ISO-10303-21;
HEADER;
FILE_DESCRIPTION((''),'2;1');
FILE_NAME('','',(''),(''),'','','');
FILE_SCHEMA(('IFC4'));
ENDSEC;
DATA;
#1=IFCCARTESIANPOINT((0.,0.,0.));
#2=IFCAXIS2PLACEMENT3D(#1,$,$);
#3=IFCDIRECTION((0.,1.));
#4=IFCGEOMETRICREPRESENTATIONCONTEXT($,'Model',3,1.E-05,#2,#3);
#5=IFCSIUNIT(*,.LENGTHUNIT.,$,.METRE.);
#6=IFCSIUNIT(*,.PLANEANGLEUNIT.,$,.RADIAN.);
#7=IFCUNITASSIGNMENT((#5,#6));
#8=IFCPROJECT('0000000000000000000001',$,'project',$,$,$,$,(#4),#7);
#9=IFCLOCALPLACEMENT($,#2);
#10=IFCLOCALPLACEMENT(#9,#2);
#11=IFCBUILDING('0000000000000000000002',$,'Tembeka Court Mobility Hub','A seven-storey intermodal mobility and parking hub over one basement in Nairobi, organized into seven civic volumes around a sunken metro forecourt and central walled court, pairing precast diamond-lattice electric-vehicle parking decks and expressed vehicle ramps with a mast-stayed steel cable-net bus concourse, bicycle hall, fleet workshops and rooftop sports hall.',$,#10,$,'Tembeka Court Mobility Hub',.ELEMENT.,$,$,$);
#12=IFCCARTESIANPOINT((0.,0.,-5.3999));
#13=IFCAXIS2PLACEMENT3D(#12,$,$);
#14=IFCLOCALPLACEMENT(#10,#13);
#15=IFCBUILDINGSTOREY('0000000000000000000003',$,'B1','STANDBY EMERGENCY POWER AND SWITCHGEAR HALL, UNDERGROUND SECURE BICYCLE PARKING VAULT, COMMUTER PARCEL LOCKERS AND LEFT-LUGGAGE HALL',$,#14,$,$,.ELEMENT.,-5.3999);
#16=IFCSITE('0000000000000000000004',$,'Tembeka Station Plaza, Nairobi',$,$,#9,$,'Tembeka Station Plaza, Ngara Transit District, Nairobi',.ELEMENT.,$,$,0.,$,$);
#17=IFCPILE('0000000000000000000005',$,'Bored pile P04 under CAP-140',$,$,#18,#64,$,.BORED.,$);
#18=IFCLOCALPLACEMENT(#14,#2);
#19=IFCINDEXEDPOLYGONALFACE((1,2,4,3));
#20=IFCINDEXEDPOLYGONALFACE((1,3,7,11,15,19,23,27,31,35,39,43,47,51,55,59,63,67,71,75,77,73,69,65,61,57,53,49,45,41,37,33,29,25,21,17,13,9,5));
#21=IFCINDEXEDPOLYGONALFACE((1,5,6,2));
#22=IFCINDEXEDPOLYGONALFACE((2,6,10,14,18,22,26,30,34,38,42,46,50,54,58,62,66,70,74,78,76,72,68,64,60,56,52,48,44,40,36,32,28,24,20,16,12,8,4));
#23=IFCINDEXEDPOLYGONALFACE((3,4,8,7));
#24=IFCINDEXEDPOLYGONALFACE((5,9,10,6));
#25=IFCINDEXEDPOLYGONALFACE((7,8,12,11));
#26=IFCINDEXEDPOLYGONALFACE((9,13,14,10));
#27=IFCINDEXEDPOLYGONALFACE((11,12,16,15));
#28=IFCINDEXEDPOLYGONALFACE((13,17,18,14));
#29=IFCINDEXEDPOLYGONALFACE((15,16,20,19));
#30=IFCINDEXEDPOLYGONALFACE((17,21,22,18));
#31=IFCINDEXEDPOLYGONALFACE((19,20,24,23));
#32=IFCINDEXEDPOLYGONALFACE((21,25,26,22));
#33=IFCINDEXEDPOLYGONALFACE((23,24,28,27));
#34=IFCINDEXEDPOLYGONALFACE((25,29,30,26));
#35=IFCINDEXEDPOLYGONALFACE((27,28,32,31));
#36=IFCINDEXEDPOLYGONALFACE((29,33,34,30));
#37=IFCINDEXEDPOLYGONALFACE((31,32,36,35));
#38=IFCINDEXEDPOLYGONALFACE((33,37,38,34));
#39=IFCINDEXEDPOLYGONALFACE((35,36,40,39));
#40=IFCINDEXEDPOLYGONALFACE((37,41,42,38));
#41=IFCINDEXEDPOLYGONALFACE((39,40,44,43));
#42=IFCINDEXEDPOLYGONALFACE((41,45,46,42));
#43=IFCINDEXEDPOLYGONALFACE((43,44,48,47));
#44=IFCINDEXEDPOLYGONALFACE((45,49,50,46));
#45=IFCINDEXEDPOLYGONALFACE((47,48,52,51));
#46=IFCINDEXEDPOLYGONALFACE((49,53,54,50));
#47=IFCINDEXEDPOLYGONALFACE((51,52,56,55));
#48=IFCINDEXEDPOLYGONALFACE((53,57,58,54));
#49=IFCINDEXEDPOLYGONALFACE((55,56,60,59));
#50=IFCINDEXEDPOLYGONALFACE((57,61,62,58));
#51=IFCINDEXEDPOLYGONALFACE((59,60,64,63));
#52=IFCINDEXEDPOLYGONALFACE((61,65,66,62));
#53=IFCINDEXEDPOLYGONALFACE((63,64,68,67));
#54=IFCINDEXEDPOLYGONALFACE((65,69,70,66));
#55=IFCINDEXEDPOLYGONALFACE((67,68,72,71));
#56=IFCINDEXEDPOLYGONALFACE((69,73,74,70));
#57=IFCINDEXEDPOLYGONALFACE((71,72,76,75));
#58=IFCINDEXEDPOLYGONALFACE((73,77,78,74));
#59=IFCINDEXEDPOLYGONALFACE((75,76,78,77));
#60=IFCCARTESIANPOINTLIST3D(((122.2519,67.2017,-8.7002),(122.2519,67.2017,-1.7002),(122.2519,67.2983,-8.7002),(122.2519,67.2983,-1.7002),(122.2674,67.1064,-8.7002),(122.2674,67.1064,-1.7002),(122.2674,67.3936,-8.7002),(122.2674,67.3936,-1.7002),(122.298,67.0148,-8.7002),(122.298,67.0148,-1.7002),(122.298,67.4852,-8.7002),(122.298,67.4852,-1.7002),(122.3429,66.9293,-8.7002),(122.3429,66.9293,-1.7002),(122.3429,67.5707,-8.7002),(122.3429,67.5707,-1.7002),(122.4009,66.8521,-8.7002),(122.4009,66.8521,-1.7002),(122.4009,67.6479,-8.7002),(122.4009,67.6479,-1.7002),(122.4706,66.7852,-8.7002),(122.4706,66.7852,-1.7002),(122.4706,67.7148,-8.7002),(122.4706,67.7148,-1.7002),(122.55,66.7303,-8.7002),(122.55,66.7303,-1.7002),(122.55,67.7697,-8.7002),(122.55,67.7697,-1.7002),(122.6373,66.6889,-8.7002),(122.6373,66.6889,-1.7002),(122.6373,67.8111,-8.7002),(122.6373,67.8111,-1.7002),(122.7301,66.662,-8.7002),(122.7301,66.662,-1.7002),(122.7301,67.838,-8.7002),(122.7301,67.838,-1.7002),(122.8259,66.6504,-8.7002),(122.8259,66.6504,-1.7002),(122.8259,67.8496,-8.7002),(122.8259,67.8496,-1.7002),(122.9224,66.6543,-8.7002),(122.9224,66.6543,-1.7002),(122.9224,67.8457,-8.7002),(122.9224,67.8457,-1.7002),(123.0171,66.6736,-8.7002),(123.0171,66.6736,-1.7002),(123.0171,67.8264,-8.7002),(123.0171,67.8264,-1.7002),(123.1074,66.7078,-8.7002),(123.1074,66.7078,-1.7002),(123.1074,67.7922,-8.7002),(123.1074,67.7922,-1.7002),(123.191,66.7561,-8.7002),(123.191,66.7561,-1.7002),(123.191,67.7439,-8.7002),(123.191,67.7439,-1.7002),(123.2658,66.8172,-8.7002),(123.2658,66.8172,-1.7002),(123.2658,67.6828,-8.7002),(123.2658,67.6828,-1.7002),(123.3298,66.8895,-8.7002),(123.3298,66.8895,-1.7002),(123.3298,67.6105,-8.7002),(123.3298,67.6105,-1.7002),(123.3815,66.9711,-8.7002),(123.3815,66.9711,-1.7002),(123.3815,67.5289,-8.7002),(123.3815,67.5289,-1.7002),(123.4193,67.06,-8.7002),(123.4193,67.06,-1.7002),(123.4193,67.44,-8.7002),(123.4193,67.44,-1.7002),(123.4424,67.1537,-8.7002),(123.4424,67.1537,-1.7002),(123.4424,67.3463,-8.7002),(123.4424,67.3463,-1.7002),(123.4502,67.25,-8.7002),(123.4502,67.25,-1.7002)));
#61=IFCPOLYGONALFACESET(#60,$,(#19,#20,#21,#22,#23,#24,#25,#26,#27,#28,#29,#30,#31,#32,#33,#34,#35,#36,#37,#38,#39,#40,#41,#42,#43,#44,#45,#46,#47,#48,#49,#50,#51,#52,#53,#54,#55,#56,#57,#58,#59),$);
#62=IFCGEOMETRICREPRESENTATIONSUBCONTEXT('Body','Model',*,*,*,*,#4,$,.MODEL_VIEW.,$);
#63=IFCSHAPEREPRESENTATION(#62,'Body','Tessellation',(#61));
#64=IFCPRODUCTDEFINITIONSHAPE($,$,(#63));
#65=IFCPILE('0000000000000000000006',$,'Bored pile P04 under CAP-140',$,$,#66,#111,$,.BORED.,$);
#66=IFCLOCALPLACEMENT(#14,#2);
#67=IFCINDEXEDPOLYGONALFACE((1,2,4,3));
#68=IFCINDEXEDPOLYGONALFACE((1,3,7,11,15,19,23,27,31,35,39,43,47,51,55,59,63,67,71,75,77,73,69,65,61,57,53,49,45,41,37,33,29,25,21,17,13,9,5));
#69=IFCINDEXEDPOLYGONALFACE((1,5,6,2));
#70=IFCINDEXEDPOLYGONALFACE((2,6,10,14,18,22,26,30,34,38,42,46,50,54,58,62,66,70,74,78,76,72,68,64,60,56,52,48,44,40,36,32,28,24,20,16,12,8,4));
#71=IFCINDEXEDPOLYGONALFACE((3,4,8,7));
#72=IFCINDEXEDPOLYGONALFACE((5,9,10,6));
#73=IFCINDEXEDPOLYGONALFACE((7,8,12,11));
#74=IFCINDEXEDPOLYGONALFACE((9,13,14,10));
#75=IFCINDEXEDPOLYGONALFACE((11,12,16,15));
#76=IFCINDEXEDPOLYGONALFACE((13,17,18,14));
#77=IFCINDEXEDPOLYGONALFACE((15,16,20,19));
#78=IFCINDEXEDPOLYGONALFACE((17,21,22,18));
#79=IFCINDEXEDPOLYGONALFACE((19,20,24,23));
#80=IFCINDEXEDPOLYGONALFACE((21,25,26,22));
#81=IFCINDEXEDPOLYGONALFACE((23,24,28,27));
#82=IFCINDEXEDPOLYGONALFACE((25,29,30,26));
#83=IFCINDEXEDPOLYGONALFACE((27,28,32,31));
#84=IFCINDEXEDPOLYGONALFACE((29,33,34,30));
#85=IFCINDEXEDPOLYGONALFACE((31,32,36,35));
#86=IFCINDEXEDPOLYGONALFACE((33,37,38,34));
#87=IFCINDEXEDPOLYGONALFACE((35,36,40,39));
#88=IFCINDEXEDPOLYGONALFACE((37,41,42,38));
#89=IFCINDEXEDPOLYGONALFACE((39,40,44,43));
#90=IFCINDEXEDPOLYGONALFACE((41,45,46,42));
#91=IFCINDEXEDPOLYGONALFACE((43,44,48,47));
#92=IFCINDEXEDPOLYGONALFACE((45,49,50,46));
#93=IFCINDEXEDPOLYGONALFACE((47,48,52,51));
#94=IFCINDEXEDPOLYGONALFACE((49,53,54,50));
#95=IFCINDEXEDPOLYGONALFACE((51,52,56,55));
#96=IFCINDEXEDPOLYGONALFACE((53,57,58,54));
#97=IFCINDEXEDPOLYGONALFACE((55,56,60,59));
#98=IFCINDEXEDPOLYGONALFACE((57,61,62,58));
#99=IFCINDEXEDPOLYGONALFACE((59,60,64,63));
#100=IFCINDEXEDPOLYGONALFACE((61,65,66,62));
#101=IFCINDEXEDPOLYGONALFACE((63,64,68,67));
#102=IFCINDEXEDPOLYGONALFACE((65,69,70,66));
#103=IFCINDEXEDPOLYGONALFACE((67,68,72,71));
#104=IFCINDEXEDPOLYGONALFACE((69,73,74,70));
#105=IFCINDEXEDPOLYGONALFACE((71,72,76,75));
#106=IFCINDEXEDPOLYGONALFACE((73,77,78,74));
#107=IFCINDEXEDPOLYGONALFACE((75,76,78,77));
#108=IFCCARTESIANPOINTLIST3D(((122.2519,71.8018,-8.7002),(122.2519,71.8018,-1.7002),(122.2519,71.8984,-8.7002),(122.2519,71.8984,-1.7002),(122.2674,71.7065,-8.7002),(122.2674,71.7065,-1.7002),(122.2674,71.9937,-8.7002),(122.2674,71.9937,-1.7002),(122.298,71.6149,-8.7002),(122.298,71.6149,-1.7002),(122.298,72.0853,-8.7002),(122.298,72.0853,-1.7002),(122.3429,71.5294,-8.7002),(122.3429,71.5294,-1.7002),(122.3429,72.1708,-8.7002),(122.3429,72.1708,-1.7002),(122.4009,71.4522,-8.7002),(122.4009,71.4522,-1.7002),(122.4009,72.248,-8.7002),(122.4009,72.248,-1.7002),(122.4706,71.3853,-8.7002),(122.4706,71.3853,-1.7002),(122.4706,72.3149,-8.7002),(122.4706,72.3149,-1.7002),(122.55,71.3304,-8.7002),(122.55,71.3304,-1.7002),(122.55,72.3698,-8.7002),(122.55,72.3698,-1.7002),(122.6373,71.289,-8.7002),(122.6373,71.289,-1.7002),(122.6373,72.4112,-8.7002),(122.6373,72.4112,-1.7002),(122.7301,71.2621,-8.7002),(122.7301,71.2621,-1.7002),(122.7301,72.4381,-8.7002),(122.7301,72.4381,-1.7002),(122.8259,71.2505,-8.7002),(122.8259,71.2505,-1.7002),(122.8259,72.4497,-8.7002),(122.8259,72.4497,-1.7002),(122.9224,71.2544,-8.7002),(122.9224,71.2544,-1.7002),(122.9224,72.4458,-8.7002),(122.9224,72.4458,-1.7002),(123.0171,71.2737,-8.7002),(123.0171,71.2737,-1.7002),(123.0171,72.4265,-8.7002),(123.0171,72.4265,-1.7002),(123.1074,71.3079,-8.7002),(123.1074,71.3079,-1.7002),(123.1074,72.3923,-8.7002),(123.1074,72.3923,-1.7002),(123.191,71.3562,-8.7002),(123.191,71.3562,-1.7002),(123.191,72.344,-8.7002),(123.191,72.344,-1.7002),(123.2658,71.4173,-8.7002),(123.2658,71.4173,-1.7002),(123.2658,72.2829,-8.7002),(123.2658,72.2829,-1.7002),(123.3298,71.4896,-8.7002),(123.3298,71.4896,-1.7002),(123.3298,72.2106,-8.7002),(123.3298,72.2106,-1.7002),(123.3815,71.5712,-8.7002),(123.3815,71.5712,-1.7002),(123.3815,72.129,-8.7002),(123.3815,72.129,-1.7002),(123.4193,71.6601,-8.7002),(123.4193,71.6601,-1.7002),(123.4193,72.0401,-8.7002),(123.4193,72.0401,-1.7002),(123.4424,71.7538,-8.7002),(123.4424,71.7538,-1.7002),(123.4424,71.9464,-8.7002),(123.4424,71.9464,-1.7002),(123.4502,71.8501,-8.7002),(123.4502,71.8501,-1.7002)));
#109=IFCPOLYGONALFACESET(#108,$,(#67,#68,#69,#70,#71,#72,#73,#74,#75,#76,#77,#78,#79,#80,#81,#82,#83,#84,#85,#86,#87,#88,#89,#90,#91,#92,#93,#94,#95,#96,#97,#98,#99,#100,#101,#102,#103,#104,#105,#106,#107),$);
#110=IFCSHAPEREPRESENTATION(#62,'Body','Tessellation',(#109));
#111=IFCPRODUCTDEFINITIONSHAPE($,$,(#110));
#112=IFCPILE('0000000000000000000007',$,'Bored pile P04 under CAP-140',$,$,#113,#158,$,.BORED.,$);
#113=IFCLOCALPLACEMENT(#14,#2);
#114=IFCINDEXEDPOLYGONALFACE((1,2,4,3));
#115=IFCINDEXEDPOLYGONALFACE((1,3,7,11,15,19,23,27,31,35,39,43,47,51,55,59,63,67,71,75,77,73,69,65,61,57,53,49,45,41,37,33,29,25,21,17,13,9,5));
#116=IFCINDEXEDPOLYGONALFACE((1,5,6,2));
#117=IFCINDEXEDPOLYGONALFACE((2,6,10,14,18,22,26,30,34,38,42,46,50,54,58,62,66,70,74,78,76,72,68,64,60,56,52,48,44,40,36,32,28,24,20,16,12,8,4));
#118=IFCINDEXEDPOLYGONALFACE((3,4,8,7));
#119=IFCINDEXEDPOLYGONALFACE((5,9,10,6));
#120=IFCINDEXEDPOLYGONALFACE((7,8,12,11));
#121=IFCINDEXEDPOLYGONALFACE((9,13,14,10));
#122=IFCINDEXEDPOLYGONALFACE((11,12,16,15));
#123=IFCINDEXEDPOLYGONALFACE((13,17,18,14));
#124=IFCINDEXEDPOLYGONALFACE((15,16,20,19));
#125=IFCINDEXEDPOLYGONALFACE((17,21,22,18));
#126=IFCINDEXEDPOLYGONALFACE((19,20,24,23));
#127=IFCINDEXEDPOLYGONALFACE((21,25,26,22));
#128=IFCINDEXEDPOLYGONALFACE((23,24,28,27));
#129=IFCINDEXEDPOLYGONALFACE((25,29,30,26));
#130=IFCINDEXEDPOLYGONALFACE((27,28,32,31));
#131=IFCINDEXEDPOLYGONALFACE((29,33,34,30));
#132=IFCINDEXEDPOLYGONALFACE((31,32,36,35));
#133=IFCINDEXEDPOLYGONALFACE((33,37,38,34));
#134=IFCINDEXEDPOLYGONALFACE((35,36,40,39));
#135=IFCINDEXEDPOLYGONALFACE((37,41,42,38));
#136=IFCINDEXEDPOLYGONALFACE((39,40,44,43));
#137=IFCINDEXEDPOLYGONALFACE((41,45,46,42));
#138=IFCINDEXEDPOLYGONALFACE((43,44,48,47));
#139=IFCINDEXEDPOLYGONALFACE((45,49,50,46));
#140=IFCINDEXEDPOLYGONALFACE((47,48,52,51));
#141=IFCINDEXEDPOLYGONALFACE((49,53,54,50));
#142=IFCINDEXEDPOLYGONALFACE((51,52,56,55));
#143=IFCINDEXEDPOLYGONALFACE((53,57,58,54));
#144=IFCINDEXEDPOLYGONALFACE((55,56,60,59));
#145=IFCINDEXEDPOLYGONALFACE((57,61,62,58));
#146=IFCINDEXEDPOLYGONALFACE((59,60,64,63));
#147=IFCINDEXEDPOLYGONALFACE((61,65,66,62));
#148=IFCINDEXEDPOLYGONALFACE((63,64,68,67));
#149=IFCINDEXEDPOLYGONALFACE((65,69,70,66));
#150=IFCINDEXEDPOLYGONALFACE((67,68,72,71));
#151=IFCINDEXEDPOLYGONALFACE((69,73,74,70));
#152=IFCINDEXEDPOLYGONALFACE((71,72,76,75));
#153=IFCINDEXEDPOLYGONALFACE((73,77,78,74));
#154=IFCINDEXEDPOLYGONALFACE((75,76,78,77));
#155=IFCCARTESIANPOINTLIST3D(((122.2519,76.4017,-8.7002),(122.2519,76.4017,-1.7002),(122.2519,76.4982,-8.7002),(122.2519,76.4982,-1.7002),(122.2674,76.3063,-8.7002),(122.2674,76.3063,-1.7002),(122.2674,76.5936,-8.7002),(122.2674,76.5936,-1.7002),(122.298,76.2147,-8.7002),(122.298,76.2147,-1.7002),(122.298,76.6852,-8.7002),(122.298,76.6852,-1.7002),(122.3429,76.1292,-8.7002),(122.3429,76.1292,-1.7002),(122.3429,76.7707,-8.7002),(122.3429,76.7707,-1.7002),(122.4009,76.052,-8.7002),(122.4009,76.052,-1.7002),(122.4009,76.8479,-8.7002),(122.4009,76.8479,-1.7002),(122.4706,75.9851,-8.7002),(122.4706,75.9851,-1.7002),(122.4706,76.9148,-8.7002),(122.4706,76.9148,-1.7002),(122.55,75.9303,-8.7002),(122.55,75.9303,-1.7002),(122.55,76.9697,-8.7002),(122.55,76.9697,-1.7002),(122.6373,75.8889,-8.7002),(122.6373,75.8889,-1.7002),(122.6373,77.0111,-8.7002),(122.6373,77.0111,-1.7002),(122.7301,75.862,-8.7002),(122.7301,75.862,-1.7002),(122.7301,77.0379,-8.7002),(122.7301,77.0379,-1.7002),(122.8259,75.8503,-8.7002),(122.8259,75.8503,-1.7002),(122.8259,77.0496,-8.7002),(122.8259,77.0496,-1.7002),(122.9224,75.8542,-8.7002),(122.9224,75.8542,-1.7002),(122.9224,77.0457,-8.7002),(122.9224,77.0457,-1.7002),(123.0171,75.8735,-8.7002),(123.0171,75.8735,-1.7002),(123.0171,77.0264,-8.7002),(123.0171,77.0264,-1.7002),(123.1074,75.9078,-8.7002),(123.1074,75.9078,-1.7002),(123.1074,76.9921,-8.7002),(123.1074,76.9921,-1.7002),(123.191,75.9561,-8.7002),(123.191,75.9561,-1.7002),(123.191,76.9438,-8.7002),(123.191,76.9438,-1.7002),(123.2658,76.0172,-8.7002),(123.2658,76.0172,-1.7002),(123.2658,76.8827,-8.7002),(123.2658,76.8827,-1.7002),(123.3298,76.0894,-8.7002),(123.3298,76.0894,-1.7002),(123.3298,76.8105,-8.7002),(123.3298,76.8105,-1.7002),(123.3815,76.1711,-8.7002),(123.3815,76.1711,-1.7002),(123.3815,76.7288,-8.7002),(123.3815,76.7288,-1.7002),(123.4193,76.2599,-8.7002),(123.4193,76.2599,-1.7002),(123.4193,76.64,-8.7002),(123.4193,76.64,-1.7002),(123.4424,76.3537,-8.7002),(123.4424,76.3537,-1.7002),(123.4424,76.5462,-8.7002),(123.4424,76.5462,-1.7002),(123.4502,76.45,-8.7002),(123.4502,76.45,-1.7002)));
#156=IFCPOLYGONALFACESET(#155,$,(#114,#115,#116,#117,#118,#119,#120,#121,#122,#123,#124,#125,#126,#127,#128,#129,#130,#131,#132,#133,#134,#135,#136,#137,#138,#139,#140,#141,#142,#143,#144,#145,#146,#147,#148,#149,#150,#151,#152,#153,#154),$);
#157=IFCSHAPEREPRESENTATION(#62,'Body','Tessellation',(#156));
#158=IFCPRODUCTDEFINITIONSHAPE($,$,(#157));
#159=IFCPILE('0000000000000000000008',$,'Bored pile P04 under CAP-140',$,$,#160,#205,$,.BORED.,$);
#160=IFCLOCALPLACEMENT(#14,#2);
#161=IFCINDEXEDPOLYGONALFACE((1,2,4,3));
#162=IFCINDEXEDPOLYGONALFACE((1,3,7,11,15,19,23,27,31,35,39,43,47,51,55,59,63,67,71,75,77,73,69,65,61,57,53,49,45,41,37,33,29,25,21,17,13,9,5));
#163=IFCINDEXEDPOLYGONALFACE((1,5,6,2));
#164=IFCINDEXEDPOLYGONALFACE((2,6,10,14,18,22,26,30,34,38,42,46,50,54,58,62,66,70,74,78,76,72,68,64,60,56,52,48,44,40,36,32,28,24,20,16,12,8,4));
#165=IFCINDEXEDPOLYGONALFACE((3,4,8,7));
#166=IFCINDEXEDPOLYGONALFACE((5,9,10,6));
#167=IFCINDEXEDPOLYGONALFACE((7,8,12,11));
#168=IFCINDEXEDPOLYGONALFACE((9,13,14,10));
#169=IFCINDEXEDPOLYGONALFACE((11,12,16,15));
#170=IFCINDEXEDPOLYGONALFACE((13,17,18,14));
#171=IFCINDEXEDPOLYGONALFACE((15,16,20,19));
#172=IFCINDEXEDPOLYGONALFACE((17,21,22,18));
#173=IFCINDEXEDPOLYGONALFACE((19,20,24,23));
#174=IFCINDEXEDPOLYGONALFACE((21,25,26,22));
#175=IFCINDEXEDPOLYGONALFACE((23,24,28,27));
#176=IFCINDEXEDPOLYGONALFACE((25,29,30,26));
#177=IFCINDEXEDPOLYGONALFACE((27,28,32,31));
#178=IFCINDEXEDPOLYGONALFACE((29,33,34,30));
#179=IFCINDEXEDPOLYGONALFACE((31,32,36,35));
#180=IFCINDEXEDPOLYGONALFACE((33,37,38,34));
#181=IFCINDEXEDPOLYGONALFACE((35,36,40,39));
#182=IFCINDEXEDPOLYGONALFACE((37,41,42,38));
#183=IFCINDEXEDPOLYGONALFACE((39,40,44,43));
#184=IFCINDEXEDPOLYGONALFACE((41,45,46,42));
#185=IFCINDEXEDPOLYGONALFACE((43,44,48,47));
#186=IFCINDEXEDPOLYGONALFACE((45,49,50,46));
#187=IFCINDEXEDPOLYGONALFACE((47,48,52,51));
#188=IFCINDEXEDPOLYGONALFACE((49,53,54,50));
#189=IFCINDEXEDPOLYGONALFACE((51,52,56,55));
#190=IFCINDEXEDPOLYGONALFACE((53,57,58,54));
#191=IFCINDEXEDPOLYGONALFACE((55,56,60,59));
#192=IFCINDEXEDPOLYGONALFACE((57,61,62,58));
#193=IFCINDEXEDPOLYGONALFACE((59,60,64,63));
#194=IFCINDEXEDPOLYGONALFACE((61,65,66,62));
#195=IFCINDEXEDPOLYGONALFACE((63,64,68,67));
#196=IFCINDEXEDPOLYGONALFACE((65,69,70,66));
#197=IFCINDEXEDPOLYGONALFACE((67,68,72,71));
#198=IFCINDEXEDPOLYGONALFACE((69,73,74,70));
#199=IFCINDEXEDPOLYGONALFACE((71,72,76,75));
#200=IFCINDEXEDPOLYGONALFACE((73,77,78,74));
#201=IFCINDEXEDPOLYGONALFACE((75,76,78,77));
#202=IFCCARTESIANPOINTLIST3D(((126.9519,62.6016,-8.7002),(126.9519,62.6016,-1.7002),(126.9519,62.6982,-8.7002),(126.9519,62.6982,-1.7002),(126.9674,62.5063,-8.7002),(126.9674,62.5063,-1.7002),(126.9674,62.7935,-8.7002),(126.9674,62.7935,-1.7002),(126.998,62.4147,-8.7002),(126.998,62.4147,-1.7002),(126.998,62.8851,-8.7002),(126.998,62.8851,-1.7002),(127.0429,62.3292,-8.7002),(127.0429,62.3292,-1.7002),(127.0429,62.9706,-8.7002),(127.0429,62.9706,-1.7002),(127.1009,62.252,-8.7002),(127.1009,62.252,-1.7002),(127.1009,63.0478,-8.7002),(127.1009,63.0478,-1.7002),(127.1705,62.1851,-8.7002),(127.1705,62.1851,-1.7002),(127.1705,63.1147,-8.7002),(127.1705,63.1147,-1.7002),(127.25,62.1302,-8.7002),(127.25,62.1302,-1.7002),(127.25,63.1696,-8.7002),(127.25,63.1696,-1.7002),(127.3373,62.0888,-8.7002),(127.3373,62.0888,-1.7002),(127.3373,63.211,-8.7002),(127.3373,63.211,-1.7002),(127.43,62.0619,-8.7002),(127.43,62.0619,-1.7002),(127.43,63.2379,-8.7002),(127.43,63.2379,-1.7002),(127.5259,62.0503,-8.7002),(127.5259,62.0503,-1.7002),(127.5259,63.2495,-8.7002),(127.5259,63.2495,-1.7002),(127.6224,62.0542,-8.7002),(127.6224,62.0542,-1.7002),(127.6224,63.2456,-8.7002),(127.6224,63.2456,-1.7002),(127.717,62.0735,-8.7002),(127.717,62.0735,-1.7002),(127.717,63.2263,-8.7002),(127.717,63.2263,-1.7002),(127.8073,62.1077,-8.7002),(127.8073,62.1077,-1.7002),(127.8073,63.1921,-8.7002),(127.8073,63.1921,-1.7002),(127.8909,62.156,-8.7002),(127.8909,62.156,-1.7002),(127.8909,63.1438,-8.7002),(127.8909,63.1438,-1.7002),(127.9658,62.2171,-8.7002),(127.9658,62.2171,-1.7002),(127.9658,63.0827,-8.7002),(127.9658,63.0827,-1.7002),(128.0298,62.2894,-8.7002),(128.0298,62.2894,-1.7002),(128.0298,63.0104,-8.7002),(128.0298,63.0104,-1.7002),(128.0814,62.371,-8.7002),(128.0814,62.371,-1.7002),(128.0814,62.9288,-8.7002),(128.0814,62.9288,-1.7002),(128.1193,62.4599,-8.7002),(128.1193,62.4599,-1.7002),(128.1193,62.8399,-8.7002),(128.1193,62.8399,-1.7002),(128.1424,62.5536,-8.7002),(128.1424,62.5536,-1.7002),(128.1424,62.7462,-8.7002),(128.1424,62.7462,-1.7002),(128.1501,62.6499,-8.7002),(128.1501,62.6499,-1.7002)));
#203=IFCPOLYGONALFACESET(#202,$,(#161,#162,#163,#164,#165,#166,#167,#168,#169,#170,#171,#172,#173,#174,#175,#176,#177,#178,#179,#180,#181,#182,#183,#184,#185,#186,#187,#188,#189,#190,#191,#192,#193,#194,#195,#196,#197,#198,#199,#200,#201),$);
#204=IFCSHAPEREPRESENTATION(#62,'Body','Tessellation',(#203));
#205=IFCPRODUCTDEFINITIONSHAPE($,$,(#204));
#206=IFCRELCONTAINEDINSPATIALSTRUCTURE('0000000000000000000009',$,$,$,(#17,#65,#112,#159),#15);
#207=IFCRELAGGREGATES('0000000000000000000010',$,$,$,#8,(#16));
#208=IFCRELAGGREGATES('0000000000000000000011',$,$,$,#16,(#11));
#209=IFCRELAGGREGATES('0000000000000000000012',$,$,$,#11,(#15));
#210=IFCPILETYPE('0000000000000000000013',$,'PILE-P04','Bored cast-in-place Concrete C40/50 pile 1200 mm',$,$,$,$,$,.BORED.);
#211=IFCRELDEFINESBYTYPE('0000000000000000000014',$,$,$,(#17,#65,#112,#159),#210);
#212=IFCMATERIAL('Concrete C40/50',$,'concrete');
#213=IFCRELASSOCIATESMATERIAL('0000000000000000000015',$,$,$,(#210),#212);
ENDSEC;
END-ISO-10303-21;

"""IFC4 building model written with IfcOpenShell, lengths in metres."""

from ifc_helpers import new_model, si_unit, direction, frame, origin, origin_2d, place, context, subcontext, project, spatial, circle, extrude, material, material_profile, profile_set, type_object, element, save


model = new_model("IFC4")

# Units and contexts
model_context = context("Model", 3, precision=1e-05, world=origin(), true_north=direction((0.0, 1.0)))
body_context = subcontext(model_context, "Body", "Model", "MODEL_VIEW")
ifc_project = project(units=[si_unit("LENGTHUNIT", "METRE"), si_unit("PLANEANGLEUNIT", "RADIAN")], contexts=[model_context])

# Site, building, storey
site_placement = place(None, origin())
site = spatial("IfcSite", under=ifc_project, at=site_placement, Name="Tembeka Station Plaza, Nairobi", LongName="Tembeka Station Plaza, Ngara Transit District, Nairobi", CompositionType="ELEMENT", RefElevation=0.0)
building_placement = place(site_placement, origin())
building = spatial("IfcBuilding", under=site, at=building_placement, Name="Tembeka Court Mobility Hub", Description="A seven-storey intermodal mobility and parking hub over one basement in Nairobi, organized into seven civic volumes around a sunken metro forecourt and central walled court, pairing precast diamond-lattice electric-vehicle parking decks and expressed vehicle ramps with a mast-stayed steel cable-net bus concourse, bicycle hall, fleet workshops and rooftop sports hall.", LongName="Tembeka Court Mobility Hub", CompositionType="ELEMENT")
storey_placement = place(building_placement, frame((0.0, 0.0, -5.3999)))
storey = spatial("IfcBuildingStorey", under=building, at=storey_placement, Name="B1", Description="STANDBY EMERGENCY POWER AND SWITCHGEAR HALL, UNDERGROUND SECURE BICYCLE PARKING VAULT, COMMUTER PARCEL LOCKERS AND LEFT-LUGGAGE HALL", CompositionType="ELEMENT", Elevation=-5.3999)

# Shared definitions
ifc_material_1 = material(Name="Concrete C40/50", Category="concrete")

# Piles
ifc_material_profile_1 = material_profile(ifc_material_1, circle(Radius=0.6001, at=origin_2d()), Name="PILE D1200")
ifc_profile_set_1 = profile_set([ifc_material_profile_1], Name="Concrete C40/50")
pile_type_1 = type_object("IfcPileType", Name="PILE-P04", Description="Bored cast-in-place Concrete C40/50 pile 1200 mm", PredefinedType="BORED", material=ifc_profile_set_1)
for number, where, z_axis, x_axis, name in (
    (1, (122.8501, 67.25, -1.7002), (0.0, 0.0, -1.0), (1.0, 0.0, 0.0), "Bored pile P04 under CAP-140"),
    (2, (122.8501, 71.8501, -1.7002), (0.0, 0.0, -1.0), (1.0, 0.0, 0.0), "Bored pile P04 under CAP-140"),
    (3, (122.8501, 76.45, -1.7002), (0.0, 0.0, -1.0), (1.0, 0.0, 0.0), "Bored pile P04 under CAP-140"),
    (4, (127.55, 62.6499, -1.7002), (0.0, 0.0, -1.0), (1.0, 0.0, 0.0), "Bored pile P04 under CAP-140"),
):
    element("IfcPile", number, at=place(storey_placement, frame(where, z_axis=z_axis, x_axis=x_axis)), inside=storey, type_object=pile_type_1, Name=name, PredefinedType="BORED", context=body_context, shape_type="SweptSolid", body=[
        extrude(circle(Radius=0.6001, at=origin_2d()), origin(), (0.0, 0.0, 1.0), 7.0),
    ])

save(model, "model.ifc")
